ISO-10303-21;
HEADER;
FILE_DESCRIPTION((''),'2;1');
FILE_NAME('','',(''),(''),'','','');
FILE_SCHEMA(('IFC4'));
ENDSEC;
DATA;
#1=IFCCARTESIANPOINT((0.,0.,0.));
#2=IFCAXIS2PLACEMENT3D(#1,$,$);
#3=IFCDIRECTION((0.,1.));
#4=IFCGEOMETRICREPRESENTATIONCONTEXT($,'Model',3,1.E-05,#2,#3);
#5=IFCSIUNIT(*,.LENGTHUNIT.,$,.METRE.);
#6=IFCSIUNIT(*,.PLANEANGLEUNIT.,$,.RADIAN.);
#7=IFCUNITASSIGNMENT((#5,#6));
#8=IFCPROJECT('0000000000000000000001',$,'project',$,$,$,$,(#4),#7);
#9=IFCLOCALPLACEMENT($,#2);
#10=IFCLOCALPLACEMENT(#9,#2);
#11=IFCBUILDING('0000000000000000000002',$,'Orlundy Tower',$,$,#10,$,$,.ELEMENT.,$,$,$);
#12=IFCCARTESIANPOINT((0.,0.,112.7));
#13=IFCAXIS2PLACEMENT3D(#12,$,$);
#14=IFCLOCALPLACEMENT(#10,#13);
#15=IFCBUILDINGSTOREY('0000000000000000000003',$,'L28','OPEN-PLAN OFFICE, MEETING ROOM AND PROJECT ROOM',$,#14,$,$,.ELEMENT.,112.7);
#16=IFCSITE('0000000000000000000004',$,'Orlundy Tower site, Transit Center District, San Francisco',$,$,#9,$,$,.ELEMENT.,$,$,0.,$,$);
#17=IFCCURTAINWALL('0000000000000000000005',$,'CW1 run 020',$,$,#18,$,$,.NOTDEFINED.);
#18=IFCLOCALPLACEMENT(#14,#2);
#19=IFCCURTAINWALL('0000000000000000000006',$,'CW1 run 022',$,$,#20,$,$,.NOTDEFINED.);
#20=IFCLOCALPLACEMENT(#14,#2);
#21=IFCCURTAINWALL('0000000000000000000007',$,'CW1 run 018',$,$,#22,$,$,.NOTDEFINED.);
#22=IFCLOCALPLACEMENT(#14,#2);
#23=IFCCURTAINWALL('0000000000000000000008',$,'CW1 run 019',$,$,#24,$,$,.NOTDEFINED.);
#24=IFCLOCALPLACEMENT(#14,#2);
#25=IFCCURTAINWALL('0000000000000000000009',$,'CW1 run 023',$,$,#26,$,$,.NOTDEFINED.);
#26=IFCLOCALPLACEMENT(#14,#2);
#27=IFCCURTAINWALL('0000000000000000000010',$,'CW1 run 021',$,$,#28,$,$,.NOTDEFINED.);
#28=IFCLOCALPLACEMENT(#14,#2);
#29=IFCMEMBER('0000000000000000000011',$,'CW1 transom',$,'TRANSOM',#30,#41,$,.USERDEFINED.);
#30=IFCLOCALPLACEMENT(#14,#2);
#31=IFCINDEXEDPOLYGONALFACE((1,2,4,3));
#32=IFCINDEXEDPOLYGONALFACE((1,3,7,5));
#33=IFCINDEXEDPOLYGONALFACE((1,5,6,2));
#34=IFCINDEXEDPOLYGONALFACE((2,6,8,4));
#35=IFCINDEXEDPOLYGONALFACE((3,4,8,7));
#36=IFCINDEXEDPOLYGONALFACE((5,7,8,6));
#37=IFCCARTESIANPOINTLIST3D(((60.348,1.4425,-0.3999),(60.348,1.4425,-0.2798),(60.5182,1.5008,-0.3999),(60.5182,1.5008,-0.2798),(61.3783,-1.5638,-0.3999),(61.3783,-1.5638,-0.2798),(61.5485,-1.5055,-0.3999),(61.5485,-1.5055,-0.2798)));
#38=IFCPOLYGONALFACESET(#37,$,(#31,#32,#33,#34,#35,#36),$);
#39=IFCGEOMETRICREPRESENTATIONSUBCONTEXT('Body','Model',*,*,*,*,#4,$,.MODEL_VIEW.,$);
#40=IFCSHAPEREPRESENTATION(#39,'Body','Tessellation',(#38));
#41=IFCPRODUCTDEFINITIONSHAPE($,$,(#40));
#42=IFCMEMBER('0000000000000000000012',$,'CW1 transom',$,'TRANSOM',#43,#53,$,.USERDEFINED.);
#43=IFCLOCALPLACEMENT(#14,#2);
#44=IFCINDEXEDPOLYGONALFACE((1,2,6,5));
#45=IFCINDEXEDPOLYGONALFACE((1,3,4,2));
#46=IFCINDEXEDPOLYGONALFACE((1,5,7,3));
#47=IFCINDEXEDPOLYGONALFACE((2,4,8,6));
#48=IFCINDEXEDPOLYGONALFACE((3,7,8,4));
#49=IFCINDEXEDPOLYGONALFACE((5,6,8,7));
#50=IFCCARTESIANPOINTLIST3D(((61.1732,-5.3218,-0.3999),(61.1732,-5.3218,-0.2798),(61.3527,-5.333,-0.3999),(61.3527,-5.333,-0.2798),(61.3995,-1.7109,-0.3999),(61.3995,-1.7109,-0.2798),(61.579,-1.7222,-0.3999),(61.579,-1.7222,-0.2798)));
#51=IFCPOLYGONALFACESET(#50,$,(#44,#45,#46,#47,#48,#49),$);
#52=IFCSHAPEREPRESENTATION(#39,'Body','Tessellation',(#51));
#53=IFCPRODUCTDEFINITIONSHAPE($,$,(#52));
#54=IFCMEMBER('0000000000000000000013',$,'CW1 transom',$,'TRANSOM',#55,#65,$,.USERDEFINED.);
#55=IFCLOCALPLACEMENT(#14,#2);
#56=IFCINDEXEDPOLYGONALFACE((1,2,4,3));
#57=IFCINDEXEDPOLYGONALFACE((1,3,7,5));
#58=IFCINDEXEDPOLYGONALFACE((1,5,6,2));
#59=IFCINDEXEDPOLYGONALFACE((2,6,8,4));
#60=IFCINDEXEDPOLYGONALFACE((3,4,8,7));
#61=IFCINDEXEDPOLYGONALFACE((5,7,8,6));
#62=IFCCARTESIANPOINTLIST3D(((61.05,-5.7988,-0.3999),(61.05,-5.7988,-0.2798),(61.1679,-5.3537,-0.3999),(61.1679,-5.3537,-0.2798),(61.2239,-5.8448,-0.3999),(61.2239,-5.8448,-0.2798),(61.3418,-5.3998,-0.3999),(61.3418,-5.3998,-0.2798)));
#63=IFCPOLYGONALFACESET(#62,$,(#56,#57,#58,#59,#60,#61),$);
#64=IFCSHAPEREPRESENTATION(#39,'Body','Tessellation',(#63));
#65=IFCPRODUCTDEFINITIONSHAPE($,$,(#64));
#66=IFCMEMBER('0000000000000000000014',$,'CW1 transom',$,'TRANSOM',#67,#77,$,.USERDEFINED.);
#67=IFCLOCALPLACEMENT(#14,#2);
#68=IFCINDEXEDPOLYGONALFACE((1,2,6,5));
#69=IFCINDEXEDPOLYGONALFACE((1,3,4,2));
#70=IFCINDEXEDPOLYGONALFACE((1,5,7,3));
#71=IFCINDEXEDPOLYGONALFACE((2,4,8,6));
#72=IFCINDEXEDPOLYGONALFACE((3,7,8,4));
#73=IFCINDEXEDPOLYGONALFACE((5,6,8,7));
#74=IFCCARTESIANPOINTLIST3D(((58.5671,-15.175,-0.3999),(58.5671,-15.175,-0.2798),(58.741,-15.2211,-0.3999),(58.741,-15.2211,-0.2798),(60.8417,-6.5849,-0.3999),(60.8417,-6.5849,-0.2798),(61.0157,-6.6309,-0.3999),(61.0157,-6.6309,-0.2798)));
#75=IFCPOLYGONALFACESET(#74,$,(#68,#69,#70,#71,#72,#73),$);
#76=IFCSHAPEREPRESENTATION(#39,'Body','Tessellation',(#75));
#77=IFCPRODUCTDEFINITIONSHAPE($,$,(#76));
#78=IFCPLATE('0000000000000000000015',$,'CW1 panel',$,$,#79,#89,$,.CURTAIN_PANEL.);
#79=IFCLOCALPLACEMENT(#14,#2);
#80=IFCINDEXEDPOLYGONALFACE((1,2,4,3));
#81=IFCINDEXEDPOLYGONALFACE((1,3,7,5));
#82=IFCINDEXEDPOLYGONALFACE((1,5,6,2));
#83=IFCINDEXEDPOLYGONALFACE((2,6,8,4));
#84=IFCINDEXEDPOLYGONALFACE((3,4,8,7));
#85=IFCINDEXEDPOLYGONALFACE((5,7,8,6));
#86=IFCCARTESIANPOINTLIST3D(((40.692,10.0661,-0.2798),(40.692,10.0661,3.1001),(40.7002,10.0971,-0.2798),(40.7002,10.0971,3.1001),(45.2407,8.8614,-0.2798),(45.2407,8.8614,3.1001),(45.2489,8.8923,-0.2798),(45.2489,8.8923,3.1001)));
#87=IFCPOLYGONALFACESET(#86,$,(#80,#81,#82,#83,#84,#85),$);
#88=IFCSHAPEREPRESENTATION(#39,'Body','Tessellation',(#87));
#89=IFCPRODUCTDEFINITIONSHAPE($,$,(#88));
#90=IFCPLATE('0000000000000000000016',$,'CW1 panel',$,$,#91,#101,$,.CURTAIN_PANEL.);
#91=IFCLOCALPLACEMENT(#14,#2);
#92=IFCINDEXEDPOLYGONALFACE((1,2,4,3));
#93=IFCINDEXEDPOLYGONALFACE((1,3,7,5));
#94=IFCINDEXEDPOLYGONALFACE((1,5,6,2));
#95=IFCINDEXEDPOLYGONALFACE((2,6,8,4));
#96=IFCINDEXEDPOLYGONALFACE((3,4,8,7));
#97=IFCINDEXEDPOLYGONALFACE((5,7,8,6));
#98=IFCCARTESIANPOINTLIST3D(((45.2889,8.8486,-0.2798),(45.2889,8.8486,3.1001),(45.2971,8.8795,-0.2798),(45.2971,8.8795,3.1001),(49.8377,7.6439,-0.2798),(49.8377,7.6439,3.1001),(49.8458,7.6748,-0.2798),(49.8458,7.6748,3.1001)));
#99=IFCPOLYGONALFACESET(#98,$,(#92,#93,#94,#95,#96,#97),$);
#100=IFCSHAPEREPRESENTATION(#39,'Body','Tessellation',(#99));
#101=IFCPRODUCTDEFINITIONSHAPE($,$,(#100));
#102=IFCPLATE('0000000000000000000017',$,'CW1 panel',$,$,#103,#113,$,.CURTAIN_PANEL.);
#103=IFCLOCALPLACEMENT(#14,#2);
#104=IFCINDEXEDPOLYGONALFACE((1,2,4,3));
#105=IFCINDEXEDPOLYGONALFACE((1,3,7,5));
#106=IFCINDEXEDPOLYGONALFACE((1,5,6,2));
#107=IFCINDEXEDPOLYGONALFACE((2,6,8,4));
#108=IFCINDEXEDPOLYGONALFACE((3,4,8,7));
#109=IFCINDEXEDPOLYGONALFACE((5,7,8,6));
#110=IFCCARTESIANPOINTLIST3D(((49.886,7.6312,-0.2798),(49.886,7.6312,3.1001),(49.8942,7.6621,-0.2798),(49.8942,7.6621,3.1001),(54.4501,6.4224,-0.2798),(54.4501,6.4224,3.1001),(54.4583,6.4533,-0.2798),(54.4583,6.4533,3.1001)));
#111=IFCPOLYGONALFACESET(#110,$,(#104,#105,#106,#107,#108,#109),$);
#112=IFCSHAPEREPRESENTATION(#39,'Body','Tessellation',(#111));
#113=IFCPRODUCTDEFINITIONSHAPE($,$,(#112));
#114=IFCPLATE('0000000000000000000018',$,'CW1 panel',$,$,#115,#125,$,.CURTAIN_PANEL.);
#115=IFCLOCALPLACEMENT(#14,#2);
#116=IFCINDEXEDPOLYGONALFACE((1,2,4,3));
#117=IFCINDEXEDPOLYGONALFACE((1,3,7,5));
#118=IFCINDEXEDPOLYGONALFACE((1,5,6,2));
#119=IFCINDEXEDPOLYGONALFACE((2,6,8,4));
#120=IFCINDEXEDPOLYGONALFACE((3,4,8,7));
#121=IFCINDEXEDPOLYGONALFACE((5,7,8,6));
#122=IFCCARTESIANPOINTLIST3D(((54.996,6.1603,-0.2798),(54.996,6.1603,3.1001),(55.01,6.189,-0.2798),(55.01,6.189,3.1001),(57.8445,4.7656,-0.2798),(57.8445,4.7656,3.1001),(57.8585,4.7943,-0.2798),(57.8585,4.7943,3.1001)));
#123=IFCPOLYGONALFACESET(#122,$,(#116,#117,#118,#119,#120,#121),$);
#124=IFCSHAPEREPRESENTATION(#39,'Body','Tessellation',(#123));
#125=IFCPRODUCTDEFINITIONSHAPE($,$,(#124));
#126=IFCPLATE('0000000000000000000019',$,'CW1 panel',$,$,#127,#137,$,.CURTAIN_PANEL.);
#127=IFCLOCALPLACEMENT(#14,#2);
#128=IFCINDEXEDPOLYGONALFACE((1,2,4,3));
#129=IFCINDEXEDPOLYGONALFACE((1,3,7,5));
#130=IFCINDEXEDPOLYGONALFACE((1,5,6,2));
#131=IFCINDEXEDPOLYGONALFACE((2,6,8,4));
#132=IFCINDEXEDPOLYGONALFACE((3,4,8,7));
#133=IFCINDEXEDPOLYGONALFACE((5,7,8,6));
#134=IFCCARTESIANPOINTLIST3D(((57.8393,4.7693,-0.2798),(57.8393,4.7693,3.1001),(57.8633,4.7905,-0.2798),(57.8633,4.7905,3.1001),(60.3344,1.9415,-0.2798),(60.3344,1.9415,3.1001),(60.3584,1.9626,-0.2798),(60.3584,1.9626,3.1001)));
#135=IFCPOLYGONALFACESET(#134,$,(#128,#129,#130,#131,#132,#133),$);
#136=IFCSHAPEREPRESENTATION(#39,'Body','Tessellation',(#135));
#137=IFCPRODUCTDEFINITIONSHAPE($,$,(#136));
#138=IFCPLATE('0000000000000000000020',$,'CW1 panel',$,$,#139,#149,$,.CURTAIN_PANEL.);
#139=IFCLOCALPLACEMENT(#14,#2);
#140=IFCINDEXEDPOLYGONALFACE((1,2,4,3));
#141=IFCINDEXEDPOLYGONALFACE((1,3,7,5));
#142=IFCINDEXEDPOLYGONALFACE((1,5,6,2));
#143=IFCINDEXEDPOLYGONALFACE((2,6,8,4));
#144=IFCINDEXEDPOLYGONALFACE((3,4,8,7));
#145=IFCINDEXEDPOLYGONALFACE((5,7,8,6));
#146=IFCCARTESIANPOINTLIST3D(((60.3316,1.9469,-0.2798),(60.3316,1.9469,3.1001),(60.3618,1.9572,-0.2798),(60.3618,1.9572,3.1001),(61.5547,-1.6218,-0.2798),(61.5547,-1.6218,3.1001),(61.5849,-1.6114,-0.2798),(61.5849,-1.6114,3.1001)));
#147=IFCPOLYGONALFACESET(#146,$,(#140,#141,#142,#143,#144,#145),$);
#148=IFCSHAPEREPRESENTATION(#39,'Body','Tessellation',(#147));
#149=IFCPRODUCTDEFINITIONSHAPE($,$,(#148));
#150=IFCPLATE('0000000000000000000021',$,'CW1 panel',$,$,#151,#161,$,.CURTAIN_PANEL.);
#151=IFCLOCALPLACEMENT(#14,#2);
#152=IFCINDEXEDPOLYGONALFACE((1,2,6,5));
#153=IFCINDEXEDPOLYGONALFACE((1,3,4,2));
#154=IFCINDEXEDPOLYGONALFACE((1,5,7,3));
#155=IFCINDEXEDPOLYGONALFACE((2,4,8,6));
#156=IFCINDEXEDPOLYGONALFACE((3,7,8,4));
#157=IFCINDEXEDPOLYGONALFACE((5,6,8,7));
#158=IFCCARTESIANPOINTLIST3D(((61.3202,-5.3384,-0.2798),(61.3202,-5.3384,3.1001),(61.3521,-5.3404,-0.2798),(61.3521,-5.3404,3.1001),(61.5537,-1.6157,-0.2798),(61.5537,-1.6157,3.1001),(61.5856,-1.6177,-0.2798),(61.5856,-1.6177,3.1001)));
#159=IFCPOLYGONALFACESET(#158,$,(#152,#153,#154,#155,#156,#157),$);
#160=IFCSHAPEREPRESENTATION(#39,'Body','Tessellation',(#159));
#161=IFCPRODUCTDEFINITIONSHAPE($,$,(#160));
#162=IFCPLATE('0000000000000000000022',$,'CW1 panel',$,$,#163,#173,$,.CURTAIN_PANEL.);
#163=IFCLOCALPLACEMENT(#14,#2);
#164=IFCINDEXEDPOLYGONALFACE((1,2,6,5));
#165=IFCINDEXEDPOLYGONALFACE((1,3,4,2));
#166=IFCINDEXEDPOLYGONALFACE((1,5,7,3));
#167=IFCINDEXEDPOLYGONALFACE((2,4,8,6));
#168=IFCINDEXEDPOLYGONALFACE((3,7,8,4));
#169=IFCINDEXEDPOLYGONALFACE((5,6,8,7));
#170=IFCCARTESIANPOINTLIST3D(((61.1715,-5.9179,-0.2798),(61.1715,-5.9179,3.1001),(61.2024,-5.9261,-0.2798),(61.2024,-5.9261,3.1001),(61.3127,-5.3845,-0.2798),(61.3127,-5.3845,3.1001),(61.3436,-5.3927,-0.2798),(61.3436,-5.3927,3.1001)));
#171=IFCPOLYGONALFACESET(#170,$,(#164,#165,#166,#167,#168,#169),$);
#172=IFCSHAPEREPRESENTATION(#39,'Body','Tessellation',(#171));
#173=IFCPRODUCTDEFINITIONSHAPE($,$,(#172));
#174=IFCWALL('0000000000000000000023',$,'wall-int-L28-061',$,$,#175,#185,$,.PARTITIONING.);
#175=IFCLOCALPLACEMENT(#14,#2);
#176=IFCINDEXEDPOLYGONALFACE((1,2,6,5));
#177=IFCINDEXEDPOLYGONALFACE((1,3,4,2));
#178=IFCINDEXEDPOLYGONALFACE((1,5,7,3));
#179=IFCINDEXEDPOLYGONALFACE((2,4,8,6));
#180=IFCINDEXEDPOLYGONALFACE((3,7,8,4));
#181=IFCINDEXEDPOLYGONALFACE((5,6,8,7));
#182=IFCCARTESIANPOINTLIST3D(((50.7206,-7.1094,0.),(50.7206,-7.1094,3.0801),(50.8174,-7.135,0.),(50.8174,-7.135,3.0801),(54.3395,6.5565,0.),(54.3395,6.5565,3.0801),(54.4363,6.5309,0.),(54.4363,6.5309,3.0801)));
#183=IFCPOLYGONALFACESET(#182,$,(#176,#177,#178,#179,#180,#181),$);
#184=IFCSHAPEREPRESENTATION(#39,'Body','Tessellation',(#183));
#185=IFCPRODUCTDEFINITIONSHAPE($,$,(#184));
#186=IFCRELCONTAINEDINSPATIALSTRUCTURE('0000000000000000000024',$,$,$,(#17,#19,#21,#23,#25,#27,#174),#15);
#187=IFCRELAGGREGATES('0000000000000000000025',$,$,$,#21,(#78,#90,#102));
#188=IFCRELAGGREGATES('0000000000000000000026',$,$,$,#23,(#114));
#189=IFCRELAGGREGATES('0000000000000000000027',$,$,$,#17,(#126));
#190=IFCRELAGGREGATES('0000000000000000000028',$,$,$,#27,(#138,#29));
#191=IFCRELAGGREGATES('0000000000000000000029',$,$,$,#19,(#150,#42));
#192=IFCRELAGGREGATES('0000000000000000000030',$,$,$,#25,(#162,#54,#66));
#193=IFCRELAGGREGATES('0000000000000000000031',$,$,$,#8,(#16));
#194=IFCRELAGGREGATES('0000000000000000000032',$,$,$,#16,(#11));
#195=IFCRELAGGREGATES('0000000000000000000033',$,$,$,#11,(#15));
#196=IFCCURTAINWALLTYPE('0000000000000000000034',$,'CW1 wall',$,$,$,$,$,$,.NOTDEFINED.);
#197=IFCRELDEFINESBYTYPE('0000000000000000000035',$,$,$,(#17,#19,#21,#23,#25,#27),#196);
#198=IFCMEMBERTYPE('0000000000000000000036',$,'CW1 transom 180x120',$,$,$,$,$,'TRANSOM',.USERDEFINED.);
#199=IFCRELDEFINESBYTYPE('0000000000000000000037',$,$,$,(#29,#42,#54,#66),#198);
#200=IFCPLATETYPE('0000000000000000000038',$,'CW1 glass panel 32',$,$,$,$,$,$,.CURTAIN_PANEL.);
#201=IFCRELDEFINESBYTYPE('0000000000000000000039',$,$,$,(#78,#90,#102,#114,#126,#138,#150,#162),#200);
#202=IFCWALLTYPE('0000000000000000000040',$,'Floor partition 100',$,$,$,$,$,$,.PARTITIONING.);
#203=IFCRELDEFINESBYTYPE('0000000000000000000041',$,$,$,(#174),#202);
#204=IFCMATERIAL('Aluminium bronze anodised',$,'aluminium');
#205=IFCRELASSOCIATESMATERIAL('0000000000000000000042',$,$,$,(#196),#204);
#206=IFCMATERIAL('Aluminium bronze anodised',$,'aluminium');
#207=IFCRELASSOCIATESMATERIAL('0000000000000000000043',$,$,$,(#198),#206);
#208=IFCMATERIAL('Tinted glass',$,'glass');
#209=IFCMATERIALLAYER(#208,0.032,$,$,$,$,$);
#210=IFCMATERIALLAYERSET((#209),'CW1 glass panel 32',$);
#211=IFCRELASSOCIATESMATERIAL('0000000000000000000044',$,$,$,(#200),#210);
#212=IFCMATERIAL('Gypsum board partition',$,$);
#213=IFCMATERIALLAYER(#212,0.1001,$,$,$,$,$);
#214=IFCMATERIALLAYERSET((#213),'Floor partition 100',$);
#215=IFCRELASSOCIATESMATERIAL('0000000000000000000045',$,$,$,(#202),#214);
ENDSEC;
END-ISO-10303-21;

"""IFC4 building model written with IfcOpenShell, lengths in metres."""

from ifc_helpers import new_model, si_unit, direction, frame, frame_2d, origin, origin_2d, place, context, subcontext, project, spatial, rectangle, extrude, material, layer, layer_set, material_profile, profile_set, type_object, element, aggregate, save


model = new_model("IFC4")

# Units and contexts
model_context = context("Model", 3, precision=1e-05, world=origin(), true_north=direction((0.0, 1.0)))
body_context = subcontext(model_context, "Body", "Model", "MODEL_VIEW")
ifc_project = project(units=[si_unit("LENGTHUNIT", "METRE"), si_unit("PLANEANGLEUNIT", "RADIAN")], contexts=[model_context])

# Site, building, storey
site_placement = place(None, origin())
site = spatial("IfcSite", under=ifc_project, at=site_placement, Name="Orlundy Tower site, Transit Center District, San Francisco", CompositionType="ELEMENT", RefElevation=0.0)
building_placement = place(site_placement, origin())
building = spatial("IfcBuilding", under=site, at=building_placement, Name="Orlundy Tower", CompositionType="ELEMENT")
storey_placement = place(building_placement, frame((0.0, 0.0, 112.7)))
storey = spatial("IfcBuildingStorey", under=building, at=storey_placement, Name="L28", Description="OPEN-PLAN OFFICE, MEETING ROOM AND PROJECT ROOM", CompositionType="ELEMENT", Elevation=112.7)

# Curtain walls
ifc_material_1 = material(Name="Aluminium bronze anodised", Category="aluminium")
curtain_wall_type = type_object("IfcCurtainWallType", Name="CW1 wall", PredefinedType="NOTDEFINED", material=ifc_material_1)
curtain_wall_1_placement = place(storey_placement, origin())
curtain_wall_1 = element("IfcCurtainWall", 1, at=curtain_wall_1_placement, inside=storey, type_object=curtain_wall_type, Name="CW1 run 020", PredefinedType="NOTDEFINED")
curtain_wall_2_placement = place(storey_placement, origin())
curtain_wall_2 = element("IfcCurtainWall", 2, at=curtain_wall_2_placement, inside=storey, type_object=curtain_wall_type, Name="CW1 run 022", PredefinedType="NOTDEFINED")

# Curtain wall
curtain_wall_3_placement = place(storey_placement, origin())
curtain_wall_3 = element("IfcCurtainWall", 3, at=curtain_wall_3_placement, inside=storey, type_object=curtain_wall_type, Name="CW1 run 018", PredefinedType="NOTDEFINED")

# Curtain walls
curtain_wall_4_placement = place(storey_placement, origin())
curtain_wall_4 = element("IfcCurtainWall", 4, at=curtain_wall_4_placement, inside=storey, type_object=curtain_wall_type, Name="CW1 run 019", PredefinedType="NOTDEFINED")
curtain_wall_5_placement = place(storey_placement, origin())
curtain_wall_5 = element("IfcCurtainWall", 5, at=curtain_wall_5_placement, inside=storey, type_object=curtain_wall_type, Name="CW1 run 023", PredefinedType="NOTDEFINED")

# Shared definitions
ifc_material_2 = material(Name="Aluminium bronze anodised", Category="aluminium")
ifc_material_profile_1 = material_profile(ifc_material_2, rectangle(XDim=0.1799, YDim=0.1201, at=origin_2d()), Name="CW1 transom 180x120")
ifc_profile_set_1 = profile_set([ifc_material_profile_1], Name="Aluminium bronze anodised")
member_type_1 = type_object("IfcMemberType", Name="CW1 transom 180x120", ElementType="TRANSOM", PredefinedType="USERDEFINED", material=ifc_profile_set_1)

# Curtain wall, member
curtain_wall_6_placement = place(storey_placement, origin())
curtain_wall_6 = element("IfcCurtainWall", 6, at=curtain_wall_6_placement, inside=storey, type_object=curtain_wall_type, Name="CW1 run 021", PredefinedType="NOTDEFINED")
member_1_placement = place(storey_placement, frame((60.4331, 1.4717, -0.3398), z_axis=(0.324191, -0.945992, 0.0), x_axis=(0.945992, 0.324191, 0.0)))
member_1 = element("IfcMember", 7, at=member_1_placement, type_object=member_type_1, Name="CW1 transom", ObjectType="TRANSOM", PredefinedType="USERDEFINED", context=body_context, shape_type="SweptSolid", body=[
    extrude(rectangle(XDim=0.1799, YDim=0.1201, at=origin_2d()), origin(), (0.0, 0.0, 1.0), 3.178),
])

# Members
member_2_placement = place(storey_placement, frame((61.4893, -1.7166, -0.3398), z_axis=(-0.062555, -0.998042, 0.0), x_axis=(0.998042, -0.062555, 0.0)))
member_2 = element("IfcMember", 8, at=member_2_placement, type_object=member_type_1, Name="CW1 transom", ObjectType="TRANSOM", PredefinedType="USERDEFINED", context=body_context, shape_type="SweptSolid", body=[
    extrude(rectangle(XDim=0.1799, YDim=0.1201, at=origin_2d()), origin(), (0.0, 0.0, 1.0), 3.6179),
])
member_3_placement = place(storey_placement, frame((61.2549, -5.3767, -0.3398), z_axis=(-0.256111, -0.966647, 0.0), x_axis=(0.966647, -0.256111, 0.0)))
member_3 = element("IfcMember", 9, at=member_3_placement, type_object=member_type_1, Name="CW1 transom", ObjectType="TRANSOM", PredefinedType="USERDEFINED", context=body_context, shape_type="SweptSolid", body=[
    extrude(rectangle(XDim=0.1799, YDim=0.1201, at=origin_2d()), origin(), (0.0, 0.0, 1.0), 0.4604),
])
member_4_placement = place(storey_placement, frame((60.9287, -6.6079, -0.3398), z_axis=(-0.255978, -0.966683, 0.0), x_axis=(0.966683, -0.255978, 0.0)))
member_4 = element("IfcMember", 10, at=member_4_placement, type_object=member_type_1, Name="CW1 transom", ObjectType="TRANSOM", PredefinedType="USERDEFINED", context=body_context, shape_type="SweptSolid", body=[
    extrude(rectangle(XDim=0.1799, YDim=0.1201, at=origin_2d()), origin(), (0.0, 0.0, 1.0), 8.8862),
])

# Plates
ifc_material_3 = material(Name="Tinted glass", Category="glass")
ifc_layer_1 = layer(ifc_material_3, 0.032)
ifc_layer_set_1 = layer_set([ifc_layer_1], Name="CW1 glass panel 32")
plate_type = type_object("IfcPlateType", Name="CW1 glass panel 32", PredefinedType="CURTAIN_PANEL", material=ifc_layer_set_1)
plate_1_placement = place(storey_placement, frame((42.9705, 9.4792, -0.2798), z_axis=(0.0, 0.0, 1.0), x_axis=(0.966672, -0.25602, 0.0)))
plate_1 = element("IfcPlate", 11, at=plate_1_placement, type_object=plate_type, Name="CW1 panel", PredefinedType="CURTAIN_PANEL", context=body_context, shape_type="SweptSolid", body=[
    extrude(rectangle(XDim=4.7056, YDim=0.032, at=origin_2d()), origin(), (0.0, 0.0, 1.0), 3.3799),
])
plate_2_placement = place(storey_placement, frame((47.5674, 8.2617, -0.2798), z_axis=(0.0, 0.0, 1.0), x_axis=(0.966672, -0.25602, 0.0)))
plate_2 = element("IfcPlate", 12, at=plate_2_placement, type_object=plate_type, Name="CW1 panel", PredefinedType="CURTAIN_PANEL", context=body_context, shape_type="SweptSolid", body=[
    extrude(rectangle(XDim=4.7056, YDim=0.032, at=origin_2d()), origin(), (0.0, 0.0, 1.0), 3.3799),
])
plate_3_placement = place(storey_placement, frame((52.1721, 7.0422, -0.2798), z_axis=(0.0, 0.0, 1.0), x_axis=(0.966672, -0.25602, 0.0)))
plate_3 = element("IfcPlate", 13, at=plate_3_placement, type_object=plate_type, Name="CW1 panel", PredefinedType="CURTAIN_PANEL", context=body_context, shape_type="SweptSolid", body=[
    extrude(rectangle(XDim=4.7214, YDim=0.032, at=origin_2d()), origin(), (0.0, 0.0, 1.0), 3.3799),
])
aggregate(curtain_wall_3, [plate_1, plate_2, plate_3])
plate_4_placement = place(storey_placement, frame((56.4272, 5.4773, -0.2798), z_axis=(0.0, 0.0, 1.0), x_axis=(0.898119, -0.439752, 0.0)))
plate_4 = element("IfcPlate", 14, at=plate_4_placement, type_object=plate_type, Name="CW1 panel", PredefinedType="CURTAIN_PANEL", context=body_context, shape_type="SweptSolid", body=[
    extrude(rectangle(XDim=3.1716, YDim=0.032, at=origin_2d()), origin(), (0.0, 0.0, 1.0), 3.3799),
])
aggregate(curtain_wall_4, [plate_4])
plate_5_placement = place(storey_placement, frame((59.0989, 3.366, -0.2798), z_axis=(0.0, 0.0, 1.0), x_axis=(0.661613, -0.749846, 0.0)))
plate_5 = element("IfcPlate", 15, at=plate_5_placement, type_object=plate_type, Name="CW1 panel", PredefinedType="CURTAIN_PANEL", context=body_context, shape_type="SweptSolid", body=[
    extrude(rectangle(XDim=3.7712, YDim=0.032, at=origin_2d()), origin(), (0.0, 0.0, 1.0), 3.3799),
])
aggregate(curtain_wall_1, [plate_5])
plate_6_placement = place(storey_placement, frame((60.9583, 0.1677, -0.2798), z_axis=(0.0, 0.0, 1.0), x_axis=(0.324228, -0.945979, 0.0)))
plate_6 = element("IfcPlate", 16, at=plate_6_placement, type_object=plate_type, Name="CW1 panel", PredefinedType="CURTAIN_PANEL", context=body_context, shape_type="SweptSolid", body=[
    extrude(rectangle(XDim=3.7725, YDim=0.032, at=origin_2d()), origin(), (0.0, 0.0, 1.0), 3.3799),
])
aggregate(curtain_wall_6, [plate_6, member_1])
plate_7_placement = place(storey_placement, frame((61.4529, -3.478, -0.2798), z_axis=(0.0, 0.0, 1.0), x_axis=(-0.062597, -0.998039, 0.0)))
plate_7 = element("IfcPlate", 17, at=plate_7_placement, type_object=plate_type, Name="CW1 panel", PredefinedType="CURTAIN_PANEL", context=body_context, shape_type="SweptSolid", body=[
    extrude(rectangle(XDim=3.73, YDim=0.032, at=origin_2d()), origin(), (0.0, 0.0, 1.0), 3.3799),
])
aggregate(curtain_wall_2, [plate_7, member_2])
plate_8_placement = place(storey_placement, frame((61.2576, -5.6553, -0.2798), z_axis=(0.0, 0.0, 1.0), x_axis=(-0.255991, -0.966679, 0.0)))
plate_8 = element("IfcPlate", 18, at=plate_8_placement, type_object=plate_type, Name="CW1 panel", PredefinedType="CURTAIN_PANEL", context=body_context, shape_type="SweptSolid", body=[
    extrude(rectangle(XDim=0.5518, YDim=0.032, at=origin_2d()), origin(), (0.0, 0.0, 1.0), 3.3799),
])
aggregate(curtain_wall_5, [plate_8, member_3, member_4])

# Wall
ifc_material_4 = material(Name="Gypsum board partition")
ifc_layer_2 = layer(ifc_material_4, 0.1001)
ifc_layer_set_2 = layer_set([ifc_layer_2], Name="Floor partition 100")
wall_type = type_object("IfcWallType", Name="Floor partition 100", PredefinedType="PARTITIONING", material=ifc_layer_set_2)
wall_placement = place(storey_placement, frame((50.769, -7.1221, 0.0), z_axis=(0.0, 0.0, 1.0), x_axis=(0.255987, 0.96668, 0.0)))
element("IfcWall", 19, at=wall_placement, inside=storey, type_object=wall_type, Name="wall-int-L28-061", PredefinedType="PARTITIONING", context=body_context, shape_type="SweptSolid", body=[
    extrude(rectangle(XDim=14.137, YDim=0.1001, at=frame_2d((7.0684, 0.0))), origin(), (0.0, 0.0, 1.0), 3.0801),
])

save(model, "model.ifc")
